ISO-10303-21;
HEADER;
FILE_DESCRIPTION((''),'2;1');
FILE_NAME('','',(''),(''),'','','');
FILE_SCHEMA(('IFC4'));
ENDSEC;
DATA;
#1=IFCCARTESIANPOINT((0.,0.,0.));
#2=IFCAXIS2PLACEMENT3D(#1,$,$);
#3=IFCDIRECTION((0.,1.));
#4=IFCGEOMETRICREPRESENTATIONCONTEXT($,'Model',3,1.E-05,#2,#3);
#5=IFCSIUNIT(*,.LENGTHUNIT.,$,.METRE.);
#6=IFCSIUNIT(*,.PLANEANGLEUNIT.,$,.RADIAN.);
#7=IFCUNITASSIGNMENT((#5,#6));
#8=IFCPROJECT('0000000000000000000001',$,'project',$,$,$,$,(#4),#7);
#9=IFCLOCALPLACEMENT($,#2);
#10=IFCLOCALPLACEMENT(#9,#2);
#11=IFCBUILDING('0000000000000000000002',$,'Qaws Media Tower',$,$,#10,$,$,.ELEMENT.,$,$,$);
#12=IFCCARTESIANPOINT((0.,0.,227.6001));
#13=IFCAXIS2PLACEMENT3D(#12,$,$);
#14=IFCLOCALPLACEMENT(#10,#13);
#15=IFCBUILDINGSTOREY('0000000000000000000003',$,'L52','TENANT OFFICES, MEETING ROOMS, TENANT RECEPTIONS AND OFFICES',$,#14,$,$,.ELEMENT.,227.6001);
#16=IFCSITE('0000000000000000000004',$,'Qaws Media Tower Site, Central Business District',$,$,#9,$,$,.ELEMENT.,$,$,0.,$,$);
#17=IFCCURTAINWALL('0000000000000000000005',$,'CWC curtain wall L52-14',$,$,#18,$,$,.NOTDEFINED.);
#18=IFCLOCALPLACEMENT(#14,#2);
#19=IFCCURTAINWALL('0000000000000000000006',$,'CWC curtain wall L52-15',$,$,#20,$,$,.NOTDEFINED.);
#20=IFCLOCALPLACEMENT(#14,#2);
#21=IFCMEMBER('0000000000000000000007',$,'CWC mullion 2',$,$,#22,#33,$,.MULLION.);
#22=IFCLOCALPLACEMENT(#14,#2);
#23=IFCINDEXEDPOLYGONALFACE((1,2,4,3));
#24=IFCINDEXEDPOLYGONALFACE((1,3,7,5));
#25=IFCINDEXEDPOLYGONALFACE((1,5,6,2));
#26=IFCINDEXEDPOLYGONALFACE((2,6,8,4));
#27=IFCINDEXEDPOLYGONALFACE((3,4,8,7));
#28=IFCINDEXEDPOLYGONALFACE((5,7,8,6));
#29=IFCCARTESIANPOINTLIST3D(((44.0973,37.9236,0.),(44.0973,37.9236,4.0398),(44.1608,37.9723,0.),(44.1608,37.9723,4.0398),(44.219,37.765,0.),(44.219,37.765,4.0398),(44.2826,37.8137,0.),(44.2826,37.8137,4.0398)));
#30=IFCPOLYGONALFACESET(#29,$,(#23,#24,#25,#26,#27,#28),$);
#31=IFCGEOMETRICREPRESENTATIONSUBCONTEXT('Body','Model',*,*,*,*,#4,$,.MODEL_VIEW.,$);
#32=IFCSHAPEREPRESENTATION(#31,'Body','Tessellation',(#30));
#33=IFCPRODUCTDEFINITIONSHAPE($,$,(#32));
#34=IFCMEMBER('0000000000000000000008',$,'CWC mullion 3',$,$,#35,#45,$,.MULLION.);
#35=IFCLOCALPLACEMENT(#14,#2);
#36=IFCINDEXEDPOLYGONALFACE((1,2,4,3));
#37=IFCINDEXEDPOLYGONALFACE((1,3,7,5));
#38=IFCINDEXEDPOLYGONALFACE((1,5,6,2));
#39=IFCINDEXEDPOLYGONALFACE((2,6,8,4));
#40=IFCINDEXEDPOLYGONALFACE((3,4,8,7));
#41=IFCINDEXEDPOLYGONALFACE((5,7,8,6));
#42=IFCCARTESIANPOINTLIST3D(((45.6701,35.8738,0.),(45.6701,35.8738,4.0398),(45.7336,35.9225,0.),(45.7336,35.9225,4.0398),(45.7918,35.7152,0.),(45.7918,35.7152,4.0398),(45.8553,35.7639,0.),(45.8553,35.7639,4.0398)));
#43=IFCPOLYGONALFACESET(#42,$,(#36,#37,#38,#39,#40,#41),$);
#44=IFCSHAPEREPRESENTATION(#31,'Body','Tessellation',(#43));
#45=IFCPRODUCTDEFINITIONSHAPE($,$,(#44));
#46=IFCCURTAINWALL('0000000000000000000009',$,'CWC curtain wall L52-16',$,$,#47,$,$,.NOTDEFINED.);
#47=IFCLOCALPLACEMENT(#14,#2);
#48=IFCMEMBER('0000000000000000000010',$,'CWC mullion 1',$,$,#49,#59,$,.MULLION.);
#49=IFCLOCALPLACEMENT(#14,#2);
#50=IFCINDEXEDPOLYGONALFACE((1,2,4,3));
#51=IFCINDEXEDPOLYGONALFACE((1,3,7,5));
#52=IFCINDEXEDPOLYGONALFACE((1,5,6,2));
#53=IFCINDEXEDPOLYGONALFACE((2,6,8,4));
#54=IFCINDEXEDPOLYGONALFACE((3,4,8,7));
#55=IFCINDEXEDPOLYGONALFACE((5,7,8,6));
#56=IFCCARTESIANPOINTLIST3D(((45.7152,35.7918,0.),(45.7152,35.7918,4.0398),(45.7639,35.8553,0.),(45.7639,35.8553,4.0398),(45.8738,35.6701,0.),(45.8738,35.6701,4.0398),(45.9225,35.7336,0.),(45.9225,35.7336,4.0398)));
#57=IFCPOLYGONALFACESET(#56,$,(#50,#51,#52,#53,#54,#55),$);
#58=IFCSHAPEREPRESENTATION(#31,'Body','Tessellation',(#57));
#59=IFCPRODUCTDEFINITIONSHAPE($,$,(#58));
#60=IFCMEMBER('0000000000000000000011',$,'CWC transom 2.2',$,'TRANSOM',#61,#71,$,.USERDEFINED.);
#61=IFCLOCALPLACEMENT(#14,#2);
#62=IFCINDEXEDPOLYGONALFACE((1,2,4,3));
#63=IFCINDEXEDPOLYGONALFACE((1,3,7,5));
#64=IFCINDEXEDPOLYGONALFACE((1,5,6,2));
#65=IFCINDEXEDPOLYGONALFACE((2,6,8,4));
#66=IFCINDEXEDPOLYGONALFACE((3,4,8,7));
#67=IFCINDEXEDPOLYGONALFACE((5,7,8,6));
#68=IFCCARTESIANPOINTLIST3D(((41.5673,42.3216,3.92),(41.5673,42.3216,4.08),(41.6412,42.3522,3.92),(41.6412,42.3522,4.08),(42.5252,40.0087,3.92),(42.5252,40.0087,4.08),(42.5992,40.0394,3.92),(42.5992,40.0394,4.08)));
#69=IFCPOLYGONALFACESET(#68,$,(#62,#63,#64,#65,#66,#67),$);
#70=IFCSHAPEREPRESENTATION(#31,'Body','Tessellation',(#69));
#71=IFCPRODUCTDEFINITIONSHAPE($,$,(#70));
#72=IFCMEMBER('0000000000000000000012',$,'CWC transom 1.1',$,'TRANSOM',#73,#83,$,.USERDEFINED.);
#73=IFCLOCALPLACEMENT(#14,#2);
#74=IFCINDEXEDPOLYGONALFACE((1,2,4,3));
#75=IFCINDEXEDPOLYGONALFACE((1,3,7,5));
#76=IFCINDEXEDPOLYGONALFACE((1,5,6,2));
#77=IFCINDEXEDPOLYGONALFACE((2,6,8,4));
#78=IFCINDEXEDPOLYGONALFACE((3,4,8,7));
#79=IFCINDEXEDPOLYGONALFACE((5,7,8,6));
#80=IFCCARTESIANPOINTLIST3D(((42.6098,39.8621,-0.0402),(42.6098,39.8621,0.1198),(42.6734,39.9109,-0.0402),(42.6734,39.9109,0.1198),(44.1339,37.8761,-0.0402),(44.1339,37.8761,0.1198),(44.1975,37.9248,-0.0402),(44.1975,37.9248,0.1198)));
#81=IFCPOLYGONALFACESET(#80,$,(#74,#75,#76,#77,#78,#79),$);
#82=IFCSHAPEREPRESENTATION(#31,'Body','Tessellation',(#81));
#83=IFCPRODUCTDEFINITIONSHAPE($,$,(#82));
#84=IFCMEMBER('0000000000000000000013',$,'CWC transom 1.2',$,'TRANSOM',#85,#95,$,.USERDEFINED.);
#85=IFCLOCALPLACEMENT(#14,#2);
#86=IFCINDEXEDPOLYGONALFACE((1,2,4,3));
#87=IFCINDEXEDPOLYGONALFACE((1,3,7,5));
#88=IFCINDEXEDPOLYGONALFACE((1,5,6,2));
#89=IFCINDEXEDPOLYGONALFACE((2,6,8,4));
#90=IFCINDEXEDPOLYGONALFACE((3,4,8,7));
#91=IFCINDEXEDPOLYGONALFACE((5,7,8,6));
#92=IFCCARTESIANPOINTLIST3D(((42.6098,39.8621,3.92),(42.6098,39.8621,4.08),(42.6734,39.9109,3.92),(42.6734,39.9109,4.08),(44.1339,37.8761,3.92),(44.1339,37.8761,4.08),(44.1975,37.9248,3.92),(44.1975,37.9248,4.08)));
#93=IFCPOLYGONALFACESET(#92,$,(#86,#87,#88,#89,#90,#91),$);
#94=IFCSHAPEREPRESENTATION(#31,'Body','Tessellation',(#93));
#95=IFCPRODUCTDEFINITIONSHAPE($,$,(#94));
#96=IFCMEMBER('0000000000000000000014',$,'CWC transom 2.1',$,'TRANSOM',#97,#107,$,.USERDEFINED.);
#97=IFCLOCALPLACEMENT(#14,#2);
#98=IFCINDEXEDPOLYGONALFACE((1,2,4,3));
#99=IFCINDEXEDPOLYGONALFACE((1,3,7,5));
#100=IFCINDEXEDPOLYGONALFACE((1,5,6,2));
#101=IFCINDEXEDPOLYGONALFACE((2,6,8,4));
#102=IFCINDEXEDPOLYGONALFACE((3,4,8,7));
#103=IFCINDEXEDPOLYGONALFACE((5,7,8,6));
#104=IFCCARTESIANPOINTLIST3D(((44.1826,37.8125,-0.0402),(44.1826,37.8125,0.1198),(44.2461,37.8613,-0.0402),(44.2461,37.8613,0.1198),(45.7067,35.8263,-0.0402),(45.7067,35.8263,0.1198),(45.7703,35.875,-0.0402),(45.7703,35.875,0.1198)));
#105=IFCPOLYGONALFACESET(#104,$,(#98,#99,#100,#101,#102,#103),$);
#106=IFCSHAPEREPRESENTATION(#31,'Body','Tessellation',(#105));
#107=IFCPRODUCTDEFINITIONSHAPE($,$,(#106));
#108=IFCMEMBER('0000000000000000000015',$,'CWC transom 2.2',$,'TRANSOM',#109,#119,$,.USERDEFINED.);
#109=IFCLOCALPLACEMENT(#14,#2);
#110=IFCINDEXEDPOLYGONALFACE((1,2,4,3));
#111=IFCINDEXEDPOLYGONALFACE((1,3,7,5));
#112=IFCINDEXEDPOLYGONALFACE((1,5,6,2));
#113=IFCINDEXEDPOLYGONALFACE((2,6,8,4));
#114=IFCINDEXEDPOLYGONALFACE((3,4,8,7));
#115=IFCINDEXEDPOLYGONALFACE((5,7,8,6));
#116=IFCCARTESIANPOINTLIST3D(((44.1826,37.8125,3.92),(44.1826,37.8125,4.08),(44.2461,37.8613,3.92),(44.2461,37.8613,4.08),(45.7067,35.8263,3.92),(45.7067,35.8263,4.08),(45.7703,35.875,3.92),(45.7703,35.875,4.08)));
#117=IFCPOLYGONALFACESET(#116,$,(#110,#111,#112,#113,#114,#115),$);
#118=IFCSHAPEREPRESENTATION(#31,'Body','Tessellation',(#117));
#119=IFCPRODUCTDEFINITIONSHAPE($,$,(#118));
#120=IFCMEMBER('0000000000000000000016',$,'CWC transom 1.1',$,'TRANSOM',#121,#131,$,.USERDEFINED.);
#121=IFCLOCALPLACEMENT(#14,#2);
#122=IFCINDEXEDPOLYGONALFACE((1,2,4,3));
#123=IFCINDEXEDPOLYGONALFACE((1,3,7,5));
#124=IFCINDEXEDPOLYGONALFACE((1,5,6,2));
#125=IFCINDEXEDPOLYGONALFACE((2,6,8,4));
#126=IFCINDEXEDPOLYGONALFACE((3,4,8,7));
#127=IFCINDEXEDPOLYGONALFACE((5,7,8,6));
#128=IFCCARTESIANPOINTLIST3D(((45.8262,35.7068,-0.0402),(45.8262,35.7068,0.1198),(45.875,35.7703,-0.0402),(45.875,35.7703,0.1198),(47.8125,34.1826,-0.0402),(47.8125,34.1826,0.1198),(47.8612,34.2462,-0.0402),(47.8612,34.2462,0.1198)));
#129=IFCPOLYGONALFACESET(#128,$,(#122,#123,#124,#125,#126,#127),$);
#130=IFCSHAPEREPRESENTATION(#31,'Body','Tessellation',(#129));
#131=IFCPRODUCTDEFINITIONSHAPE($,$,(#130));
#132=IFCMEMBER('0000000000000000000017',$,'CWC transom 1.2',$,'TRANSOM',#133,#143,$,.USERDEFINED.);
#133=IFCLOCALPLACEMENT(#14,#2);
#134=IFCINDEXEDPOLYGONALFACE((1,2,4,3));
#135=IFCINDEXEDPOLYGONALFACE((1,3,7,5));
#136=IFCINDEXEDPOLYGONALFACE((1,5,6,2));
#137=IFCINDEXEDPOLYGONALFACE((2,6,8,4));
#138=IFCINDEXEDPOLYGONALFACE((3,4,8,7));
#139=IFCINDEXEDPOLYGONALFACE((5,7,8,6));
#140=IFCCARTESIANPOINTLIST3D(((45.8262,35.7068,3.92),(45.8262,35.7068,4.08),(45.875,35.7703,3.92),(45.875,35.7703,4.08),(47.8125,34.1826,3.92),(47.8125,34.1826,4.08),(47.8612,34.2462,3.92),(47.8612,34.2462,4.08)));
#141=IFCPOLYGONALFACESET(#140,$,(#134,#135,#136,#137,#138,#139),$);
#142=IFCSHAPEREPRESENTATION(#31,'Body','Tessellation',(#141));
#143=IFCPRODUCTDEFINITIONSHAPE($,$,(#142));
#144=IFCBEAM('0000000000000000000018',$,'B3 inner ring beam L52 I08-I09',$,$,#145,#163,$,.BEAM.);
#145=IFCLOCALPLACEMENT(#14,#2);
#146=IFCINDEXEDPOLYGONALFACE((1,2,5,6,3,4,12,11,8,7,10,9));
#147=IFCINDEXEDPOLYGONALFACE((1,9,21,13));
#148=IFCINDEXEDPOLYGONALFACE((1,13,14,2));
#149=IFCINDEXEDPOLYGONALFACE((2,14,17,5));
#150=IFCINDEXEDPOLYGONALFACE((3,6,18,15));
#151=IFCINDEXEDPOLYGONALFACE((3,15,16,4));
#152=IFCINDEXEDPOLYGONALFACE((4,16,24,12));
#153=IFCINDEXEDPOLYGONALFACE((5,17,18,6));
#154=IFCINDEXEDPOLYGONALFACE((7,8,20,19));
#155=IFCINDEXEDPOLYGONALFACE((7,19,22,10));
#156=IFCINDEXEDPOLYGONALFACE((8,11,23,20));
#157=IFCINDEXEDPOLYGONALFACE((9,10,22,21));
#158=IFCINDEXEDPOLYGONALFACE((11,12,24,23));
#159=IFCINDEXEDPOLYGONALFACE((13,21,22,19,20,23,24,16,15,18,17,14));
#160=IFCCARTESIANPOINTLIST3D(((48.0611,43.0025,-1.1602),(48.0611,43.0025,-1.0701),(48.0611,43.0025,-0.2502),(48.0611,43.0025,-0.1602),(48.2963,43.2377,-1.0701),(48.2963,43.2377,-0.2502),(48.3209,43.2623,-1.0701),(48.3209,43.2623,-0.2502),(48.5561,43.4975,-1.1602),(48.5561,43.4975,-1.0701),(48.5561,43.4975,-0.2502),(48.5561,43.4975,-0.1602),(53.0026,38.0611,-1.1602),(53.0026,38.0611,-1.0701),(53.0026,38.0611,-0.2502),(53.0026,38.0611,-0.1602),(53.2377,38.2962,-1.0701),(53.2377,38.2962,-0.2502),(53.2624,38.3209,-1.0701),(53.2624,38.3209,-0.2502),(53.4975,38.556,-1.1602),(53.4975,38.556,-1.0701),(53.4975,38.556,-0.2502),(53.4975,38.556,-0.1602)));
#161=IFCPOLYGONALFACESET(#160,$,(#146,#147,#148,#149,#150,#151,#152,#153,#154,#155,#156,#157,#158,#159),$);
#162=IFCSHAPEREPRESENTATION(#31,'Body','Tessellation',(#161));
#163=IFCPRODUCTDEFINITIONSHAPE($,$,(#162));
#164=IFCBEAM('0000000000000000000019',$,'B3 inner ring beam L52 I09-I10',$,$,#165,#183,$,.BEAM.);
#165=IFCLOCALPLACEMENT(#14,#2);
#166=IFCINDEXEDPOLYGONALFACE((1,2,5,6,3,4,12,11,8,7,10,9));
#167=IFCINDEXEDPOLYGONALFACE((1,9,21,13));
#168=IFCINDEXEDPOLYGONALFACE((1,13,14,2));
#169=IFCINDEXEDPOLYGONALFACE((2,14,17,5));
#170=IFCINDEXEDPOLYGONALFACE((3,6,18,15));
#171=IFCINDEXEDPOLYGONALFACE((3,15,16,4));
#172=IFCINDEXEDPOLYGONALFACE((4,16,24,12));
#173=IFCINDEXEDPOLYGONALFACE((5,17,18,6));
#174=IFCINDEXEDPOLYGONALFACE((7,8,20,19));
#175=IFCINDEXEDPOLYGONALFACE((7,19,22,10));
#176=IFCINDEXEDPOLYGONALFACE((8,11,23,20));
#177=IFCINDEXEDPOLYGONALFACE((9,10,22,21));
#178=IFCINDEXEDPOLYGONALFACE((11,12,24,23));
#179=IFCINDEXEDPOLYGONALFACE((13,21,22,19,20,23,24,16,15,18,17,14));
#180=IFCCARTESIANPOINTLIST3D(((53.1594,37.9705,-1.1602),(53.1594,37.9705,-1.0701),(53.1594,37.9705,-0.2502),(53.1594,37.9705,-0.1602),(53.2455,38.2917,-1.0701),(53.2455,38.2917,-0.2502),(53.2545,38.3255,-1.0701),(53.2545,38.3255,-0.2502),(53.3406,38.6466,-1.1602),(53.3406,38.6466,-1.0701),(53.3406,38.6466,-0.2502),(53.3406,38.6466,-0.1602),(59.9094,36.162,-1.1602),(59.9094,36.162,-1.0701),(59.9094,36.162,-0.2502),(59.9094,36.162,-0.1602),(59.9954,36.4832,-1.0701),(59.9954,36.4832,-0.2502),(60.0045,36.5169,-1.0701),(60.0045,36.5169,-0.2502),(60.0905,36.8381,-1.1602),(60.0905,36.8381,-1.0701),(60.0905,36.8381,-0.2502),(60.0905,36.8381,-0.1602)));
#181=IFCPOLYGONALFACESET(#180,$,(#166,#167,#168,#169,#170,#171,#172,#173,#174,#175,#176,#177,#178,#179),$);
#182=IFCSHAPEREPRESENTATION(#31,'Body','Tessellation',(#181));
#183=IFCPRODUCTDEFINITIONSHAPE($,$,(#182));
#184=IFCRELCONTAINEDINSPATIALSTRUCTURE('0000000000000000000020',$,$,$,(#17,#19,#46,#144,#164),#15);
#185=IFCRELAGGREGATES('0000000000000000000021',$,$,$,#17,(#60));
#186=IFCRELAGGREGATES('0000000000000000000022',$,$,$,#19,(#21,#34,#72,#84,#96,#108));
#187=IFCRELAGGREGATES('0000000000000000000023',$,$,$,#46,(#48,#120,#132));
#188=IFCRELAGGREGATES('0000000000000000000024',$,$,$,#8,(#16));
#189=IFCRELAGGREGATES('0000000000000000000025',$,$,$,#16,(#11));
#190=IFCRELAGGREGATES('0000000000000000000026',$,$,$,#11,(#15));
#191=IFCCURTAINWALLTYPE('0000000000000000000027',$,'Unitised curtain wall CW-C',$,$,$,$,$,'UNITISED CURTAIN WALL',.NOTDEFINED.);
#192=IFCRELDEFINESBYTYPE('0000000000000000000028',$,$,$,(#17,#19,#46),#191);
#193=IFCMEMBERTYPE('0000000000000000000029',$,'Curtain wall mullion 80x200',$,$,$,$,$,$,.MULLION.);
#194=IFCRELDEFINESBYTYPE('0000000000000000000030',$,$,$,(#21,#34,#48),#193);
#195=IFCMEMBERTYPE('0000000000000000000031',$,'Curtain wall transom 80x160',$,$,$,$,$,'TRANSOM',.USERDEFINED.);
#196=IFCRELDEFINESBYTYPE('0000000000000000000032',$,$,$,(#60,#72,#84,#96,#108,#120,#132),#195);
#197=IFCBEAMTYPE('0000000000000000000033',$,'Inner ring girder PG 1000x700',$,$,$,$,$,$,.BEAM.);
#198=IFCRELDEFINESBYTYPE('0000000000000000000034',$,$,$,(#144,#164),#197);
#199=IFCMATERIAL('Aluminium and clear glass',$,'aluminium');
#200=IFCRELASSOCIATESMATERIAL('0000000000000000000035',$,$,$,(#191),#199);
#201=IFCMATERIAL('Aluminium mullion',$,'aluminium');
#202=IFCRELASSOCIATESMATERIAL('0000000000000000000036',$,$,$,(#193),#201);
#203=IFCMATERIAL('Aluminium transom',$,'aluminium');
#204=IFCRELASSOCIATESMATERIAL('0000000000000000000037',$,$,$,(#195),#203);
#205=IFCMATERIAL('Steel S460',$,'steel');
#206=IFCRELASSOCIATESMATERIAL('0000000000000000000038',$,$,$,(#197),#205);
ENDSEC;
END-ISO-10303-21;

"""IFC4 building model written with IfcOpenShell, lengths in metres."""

from ifc_helpers import new_model, si_unit, direction, frame, origin, origin_2d, place, context, subcontext, project, spatial, rectangle, i_section, extrude, material, material_profile, profile_set, type_object, element, aggregate, save


model = new_model("IFC4")

# Units and contexts
model_context = context("Model", 3, precision=1e-05, world=origin(), true_north=direction((0.0, 1.0)))
body_context = subcontext(model_context, "Body", "Model", "MODEL_VIEW")
ifc_project = project(units=[si_unit("LENGTHUNIT", "METRE"), si_unit("PLANEANGLEUNIT", "RADIAN")], contexts=[model_context])

# Site, building, storey
site_placement = place(None, origin())
site = spatial("IfcSite", under=ifc_project, at=site_placement, Name="Qaws Media Tower Site, Central Business District", CompositionType="ELEMENT", RefElevation=0.0)
building_placement = place(site_placement, origin())
building = spatial("IfcBuilding", under=site, at=building_placement, Name="Qaws Media Tower", CompositionType="ELEMENT")
storey_placement = place(building_placement, frame((0.0, 0.0, 227.6001)))
storey = spatial("IfcBuildingStorey", under=building, at=storey_placement, Name="L52", Description="TENANT OFFICES, MEETING ROOMS, TENANT RECEPTIONS AND OFFICES", CompositionType="ELEMENT", Elevation=227.6001)

# Curtain wall
ifc_material_1 = material(Name="Aluminium and clear glass", Category="aluminium")
curtain_wall_type = type_object("IfcCurtainWallType", Name="Unitised curtain wall CW-C", ElementType="UNITISED CURTAIN WALL", PredefinedType="NOTDEFINED", material=ifc_material_1)
curtain_wall_1_placement = place(storey_placement, origin())
curtain_wall_1 = element("IfcCurtainWall", 1, at=curtain_wall_1_placement, inside=storey, type_object=curtain_wall_type, Name="CWC curtain wall L52-14", PredefinedType="NOTDEFINED")
ifc_material_2 = material(Name="Aluminium mullion", Category="aluminium")
ifc_material_profile_1 = material_profile(ifc_material_2, rectangle(XDim=0.0801, YDim=0.2, at=origin_2d()), Name="80x200")
ifc_profile_set_1 = profile_set([ifc_material_profile_1], Name="Aluminium mullion")
member_type_1 = type_object("IfcMemberType", Name="Curtain wall mullion 80x200", PredefinedType="MULLION", material=ifc_profile_set_1)

# Curtain wall, members
curtain_wall_2_placement = place(storey_placement, origin())
curtain_wall_2 = element("IfcCurtainWall", 2, at=curtain_wall_2_placement, inside=storey, type_object=curtain_wall_type, Name="CWC curtain wall L52-15", PredefinedType="NOTDEFINED")
member_1_placement = place(storey_placement, frame((44.1899, 37.8687, 0.0), z_axis=(0.0, 0.0, 1.0), x_axis=(0.793353, 0.608762, 0.0)))
member_1 = element("IfcMember", 3, at=member_1_placement, type_object=member_type_1, Name="CWC mullion 2", PredefinedType="MULLION", context=body_context, shape_type="SweptSolid", body=[
    extrude(rectangle(XDim=0.0801, YDim=0.2, at=origin_2d()), origin(), (0.0, 0.0, 1.0), 4.0398),
])
member_2_placement = place(storey_placement, frame((45.7627, 35.8188, 0.0), z_axis=(0.0, 0.0, 1.0), x_axis=(0.793353, 0.608762, 0.0)))
member_2 = element("IfcMember", 4, at=member_2_placement, type_object=member_type_1, Name="CWC mullion 3", PredefinedType="MULLION", context=body_context, shape_type="SweptSolid", body=[
    extrude(rectangle(XDim=0.0801, YDim=0.2, at=origin_2d()), origin(), (0.0, 0.0, 1.0), 4.0398),
])

# Curtain wall, member
curtain_wall_3_placement = place(storey_placement, origin())
curtain_wall_3 = element("IfcCurtainWall", 5, at=curtain_wall_3_placement, inside=storey, type_object=curtain_wall_type, Name="CWC curtain wall L52-16", PredefinedType="NOTDEFINED")
member_3_placement = place(storey_placement, frame((45.8188, 35.7627, 0.0), z_axis=(0.0, 0.0, 1.0), x_axis=(0.608762, 0.793353, 0.0)))
member_3 = element("IfcMember", 6, at=member_3_placement, type_object=member_type_1, Name="CWC mullion 1", PredefinedType="MULLION", context=body_context, shape_type="SweptSolid", body=[
    extrude(rectangle(XDim=0.0801, YDim=0.2, at=origin_2d()), origin(), (0.0, 0.0, 1.0), 4.0398),
])

# Members
ifc_material_3 = material(Name="Aluminium transom", Category="aluminium")
ifc_material_profile_2 = material_profile(ifc_material_3, rectangle(XDim=0.0801, YDim=0.1599, at=origin_2d()), Name="80x160")
ifc_profile_set_2 = profile_set([ifc_material_profile_2], Name="Aluminium transom")
member_type_2 = type_object("IfcMemberType", Name="Curtain wall transom 80x160", ElementType="TRANSOM", PredefinedType="USERDEFINED", material=ifc_profile_set_2)
member_4_placement = place(storey_placement, frame((41.6042, 42.3369, 4.0), z_axis=(0.382662, -0.923888, 0.0), x_axis=(0.923888, 0.382662, 0.0)))
member_4 = element("IfcMember", 7, at=member_4_placement, type_object=member_type_2, Name="CWC transom 2.2", ObjectType="TRANSOM", PredefinedType="USERDEFINED", context=body_context, shape_type="SweptSolid", body=[
    extrude(rectangle(XDim=0.0801, YDim=0.1599, at=origin_2d()), origin(), (0.0, 0.0, 1.0), 2.5034),
])
member_5_placement = place(storey_placement, frame((42.6416, 39.8865, 0.0398), z_axis=(0.60881, -0.793316, 0.0), x_axis=(0.793316, 0.60881, 0.0)))
member_5 = element("IfcMember", 8, at=member_5_placement, type_object=member_type_2, Name="CWC transom 1.1", ObjectType="TRANSOM", PredefinedType="USERDEFINED", context=body_context, shape_type="SweptSolid", body=[
    extrude(rectangle(XDim=0.0801, YDim=0.1599, at=origin_2d()), origin(), (0.0, 0.0, 1.0), 2.5034),
])
member_6_placement = place(storey_placement, frame((42.6416, 39.8865, 4.0), z_axis=(0.60881, -0.793316, 0.0), x_axis=(0.793316, 0.60881, 0.0)))
member_6 = element("IfcMember", 9, at=member_6_placement, type_object=member_type_2, Name="CWC transom 1.2", ObjectType="TRANSOM", PredefinedType="USERDEFINED", context=body_context, shape_type="SweptSolid", body=[
    extrude(rectangle(XDim=0.0801, YDim=0.1599, at=origin_2d()), origin(), (0.0, 0.0, 1.0), 2.5034),
])
member_7_placement = place(storey_placement, frame((44.2144, 37.8369, 0.0398), z_axis=(0.608763, -0.793352, 0.0), x_axis=(0.793352, 0.608763, 0.0)))
member_7 = element("IfcMember", 10, at=member_7_placement, type_object=member_type_2, Name="CWC transom 2.1", ObjectType="TRANSOM", PredefinedType="USERDEFINED", context=body_context, shape_type="SweptSolid", body=[
    extrude(rectangle(XDim=0.0801, YDim=0.1599, at=origin_2d()), origin(), (0.0, 0.0, 1.0), 2.5037),
])
member_8_placement = place(storey_placement, frame((44.2144, 37.8369, 4.0), z_axis=(0.608763, -0.793352, 0.0), x_axis=(0.793352, 0.608763, 0.0)))
member_8 = element("IfcMember", 11, at=member_8_placement, type_object=member_type_2, Name="CWC transom 2.2", ObjectType="TRANSOM", PredefinedType="USERDEFINED", context=body_context, shape_type="SweptSolid", body=[
    extrude(rectangle(XDim=0.0801, YDim=0.1599, at=origin_2d()), origin(), (0.0, 0.0, 1.0), 2.5037),
])
member_9_placement = place(storey_placement, frame((45.8506, 35.7385, 0.0398), z_axis=(0.793352, -0.608763, 0.0), x_axis=(0.608763, 0.793352, 0.0)))
member_9 = element("IfcMember", 12, at=member_9_placement, type_object=member_type_2, Name="CWC transom 1.1", ObjectType="TRANSOM", PredefinedType="USERDEFINED", context=body_context, shape_type="SweptSolid", body=[
    extrude(rectangle(XDim=0.0801, YDim=0.1599, at=origin_2d()), origin(), (0.0, 0.0, 1.0), 2.5037),
])
member_10_placement = place(storey_placement, frame((45.8506, 35.7385, 4.0), z_axis=(0.793352, -0.608763, 0.0), x_axis=(0.608763, 0.793352, 0.0)))
member_10 = element("IfcMember", 13, at=member_10_placement, type_object=member_type_2, Name="CWC transom 1.2", ObjectType="TRANSOM", PredefinedType="USERDEFINED", context=body_context, shape_type="SweptSolid", body=[
    extrude(rectangle(XDim=0.0801, YDim=0.1599, at=origin_2d()), origin(), (0.0, 0.0, 1.0), 2.5037),
])

# Beams
ifc_material_4 = material(Name="Steel S460", Category="steel")
ifc_material_profile_3 = material_profile(ifc_material_4, i_section(OverallWidth=0.7, OverallDepth=1.0, WebThickness=0.0349, FlangeThickness=0.0901, at=origin_2d()), Name="PG 1000x700")
ifc_profile_set_3 = profile_set([ifc_material_profile_3], Name="Steel S460")
beam_type_1 = type_object("IfcBeamType", Name="Inner ring girder PG 1000x700", PredefinedType="BEAM", material=ifc_profile_set_3)
beam_1_placement = place(storey_placement, frame((48.3086, 43.25, -0.6602), z_axis=(0.707107, -0.707107, 0.0), x_axis=(0.707107, 0.707107, 0.0)))
element("IfcBeam", 14, at=beam_1_placement, inside=storey, type_object=beam_type_1, Name="B3 inner ring beam L52 I08-I09", PredefinedType="BEAM", context=body_context, shape_type="SweptSolid", body=[
    extrude(i_section(OverallWidth=0.7, OverallDepth=1.0, WebThickness=0.0349, FlangeThickness=0.0901, at=origin_2d()), origin(), (0.0, 0.0, 1.0), 6.9883),
])
beam_2_placement = place(storey_placement, frame((53.25, 38.3086, -0.6602), z_axis=(0.965928, -0.258811, 0.0), x_axis=(0.258811, 0.965928, 0.0)))
element("IfcBeam", 15, at=beam_2_placement, inside=storey, type_object=beam_type_1, Name="B3 inner ring beam L52 I09-I10", PredefinedType="BEAM", context=body_context, shape_type="SweptSolid", body=[
    extrude(i_section(OverallWidth=0.7, OverallDepth=1.0, WebThickness=0.0349, FlangeThickness=0.0901, at=origin_2d()), origin(), (0.0, 0.0, 1.0), 6.988),
])

aggregate(curtain_wall_1, [member_4])
aggregate(curtain_wall_2, [member_1, member_2, member_5, member_6, member_7, member_8])
aggregate(curtain_wall_3, [member_3, member_9, member_10])

save(model, "model.ifc")
